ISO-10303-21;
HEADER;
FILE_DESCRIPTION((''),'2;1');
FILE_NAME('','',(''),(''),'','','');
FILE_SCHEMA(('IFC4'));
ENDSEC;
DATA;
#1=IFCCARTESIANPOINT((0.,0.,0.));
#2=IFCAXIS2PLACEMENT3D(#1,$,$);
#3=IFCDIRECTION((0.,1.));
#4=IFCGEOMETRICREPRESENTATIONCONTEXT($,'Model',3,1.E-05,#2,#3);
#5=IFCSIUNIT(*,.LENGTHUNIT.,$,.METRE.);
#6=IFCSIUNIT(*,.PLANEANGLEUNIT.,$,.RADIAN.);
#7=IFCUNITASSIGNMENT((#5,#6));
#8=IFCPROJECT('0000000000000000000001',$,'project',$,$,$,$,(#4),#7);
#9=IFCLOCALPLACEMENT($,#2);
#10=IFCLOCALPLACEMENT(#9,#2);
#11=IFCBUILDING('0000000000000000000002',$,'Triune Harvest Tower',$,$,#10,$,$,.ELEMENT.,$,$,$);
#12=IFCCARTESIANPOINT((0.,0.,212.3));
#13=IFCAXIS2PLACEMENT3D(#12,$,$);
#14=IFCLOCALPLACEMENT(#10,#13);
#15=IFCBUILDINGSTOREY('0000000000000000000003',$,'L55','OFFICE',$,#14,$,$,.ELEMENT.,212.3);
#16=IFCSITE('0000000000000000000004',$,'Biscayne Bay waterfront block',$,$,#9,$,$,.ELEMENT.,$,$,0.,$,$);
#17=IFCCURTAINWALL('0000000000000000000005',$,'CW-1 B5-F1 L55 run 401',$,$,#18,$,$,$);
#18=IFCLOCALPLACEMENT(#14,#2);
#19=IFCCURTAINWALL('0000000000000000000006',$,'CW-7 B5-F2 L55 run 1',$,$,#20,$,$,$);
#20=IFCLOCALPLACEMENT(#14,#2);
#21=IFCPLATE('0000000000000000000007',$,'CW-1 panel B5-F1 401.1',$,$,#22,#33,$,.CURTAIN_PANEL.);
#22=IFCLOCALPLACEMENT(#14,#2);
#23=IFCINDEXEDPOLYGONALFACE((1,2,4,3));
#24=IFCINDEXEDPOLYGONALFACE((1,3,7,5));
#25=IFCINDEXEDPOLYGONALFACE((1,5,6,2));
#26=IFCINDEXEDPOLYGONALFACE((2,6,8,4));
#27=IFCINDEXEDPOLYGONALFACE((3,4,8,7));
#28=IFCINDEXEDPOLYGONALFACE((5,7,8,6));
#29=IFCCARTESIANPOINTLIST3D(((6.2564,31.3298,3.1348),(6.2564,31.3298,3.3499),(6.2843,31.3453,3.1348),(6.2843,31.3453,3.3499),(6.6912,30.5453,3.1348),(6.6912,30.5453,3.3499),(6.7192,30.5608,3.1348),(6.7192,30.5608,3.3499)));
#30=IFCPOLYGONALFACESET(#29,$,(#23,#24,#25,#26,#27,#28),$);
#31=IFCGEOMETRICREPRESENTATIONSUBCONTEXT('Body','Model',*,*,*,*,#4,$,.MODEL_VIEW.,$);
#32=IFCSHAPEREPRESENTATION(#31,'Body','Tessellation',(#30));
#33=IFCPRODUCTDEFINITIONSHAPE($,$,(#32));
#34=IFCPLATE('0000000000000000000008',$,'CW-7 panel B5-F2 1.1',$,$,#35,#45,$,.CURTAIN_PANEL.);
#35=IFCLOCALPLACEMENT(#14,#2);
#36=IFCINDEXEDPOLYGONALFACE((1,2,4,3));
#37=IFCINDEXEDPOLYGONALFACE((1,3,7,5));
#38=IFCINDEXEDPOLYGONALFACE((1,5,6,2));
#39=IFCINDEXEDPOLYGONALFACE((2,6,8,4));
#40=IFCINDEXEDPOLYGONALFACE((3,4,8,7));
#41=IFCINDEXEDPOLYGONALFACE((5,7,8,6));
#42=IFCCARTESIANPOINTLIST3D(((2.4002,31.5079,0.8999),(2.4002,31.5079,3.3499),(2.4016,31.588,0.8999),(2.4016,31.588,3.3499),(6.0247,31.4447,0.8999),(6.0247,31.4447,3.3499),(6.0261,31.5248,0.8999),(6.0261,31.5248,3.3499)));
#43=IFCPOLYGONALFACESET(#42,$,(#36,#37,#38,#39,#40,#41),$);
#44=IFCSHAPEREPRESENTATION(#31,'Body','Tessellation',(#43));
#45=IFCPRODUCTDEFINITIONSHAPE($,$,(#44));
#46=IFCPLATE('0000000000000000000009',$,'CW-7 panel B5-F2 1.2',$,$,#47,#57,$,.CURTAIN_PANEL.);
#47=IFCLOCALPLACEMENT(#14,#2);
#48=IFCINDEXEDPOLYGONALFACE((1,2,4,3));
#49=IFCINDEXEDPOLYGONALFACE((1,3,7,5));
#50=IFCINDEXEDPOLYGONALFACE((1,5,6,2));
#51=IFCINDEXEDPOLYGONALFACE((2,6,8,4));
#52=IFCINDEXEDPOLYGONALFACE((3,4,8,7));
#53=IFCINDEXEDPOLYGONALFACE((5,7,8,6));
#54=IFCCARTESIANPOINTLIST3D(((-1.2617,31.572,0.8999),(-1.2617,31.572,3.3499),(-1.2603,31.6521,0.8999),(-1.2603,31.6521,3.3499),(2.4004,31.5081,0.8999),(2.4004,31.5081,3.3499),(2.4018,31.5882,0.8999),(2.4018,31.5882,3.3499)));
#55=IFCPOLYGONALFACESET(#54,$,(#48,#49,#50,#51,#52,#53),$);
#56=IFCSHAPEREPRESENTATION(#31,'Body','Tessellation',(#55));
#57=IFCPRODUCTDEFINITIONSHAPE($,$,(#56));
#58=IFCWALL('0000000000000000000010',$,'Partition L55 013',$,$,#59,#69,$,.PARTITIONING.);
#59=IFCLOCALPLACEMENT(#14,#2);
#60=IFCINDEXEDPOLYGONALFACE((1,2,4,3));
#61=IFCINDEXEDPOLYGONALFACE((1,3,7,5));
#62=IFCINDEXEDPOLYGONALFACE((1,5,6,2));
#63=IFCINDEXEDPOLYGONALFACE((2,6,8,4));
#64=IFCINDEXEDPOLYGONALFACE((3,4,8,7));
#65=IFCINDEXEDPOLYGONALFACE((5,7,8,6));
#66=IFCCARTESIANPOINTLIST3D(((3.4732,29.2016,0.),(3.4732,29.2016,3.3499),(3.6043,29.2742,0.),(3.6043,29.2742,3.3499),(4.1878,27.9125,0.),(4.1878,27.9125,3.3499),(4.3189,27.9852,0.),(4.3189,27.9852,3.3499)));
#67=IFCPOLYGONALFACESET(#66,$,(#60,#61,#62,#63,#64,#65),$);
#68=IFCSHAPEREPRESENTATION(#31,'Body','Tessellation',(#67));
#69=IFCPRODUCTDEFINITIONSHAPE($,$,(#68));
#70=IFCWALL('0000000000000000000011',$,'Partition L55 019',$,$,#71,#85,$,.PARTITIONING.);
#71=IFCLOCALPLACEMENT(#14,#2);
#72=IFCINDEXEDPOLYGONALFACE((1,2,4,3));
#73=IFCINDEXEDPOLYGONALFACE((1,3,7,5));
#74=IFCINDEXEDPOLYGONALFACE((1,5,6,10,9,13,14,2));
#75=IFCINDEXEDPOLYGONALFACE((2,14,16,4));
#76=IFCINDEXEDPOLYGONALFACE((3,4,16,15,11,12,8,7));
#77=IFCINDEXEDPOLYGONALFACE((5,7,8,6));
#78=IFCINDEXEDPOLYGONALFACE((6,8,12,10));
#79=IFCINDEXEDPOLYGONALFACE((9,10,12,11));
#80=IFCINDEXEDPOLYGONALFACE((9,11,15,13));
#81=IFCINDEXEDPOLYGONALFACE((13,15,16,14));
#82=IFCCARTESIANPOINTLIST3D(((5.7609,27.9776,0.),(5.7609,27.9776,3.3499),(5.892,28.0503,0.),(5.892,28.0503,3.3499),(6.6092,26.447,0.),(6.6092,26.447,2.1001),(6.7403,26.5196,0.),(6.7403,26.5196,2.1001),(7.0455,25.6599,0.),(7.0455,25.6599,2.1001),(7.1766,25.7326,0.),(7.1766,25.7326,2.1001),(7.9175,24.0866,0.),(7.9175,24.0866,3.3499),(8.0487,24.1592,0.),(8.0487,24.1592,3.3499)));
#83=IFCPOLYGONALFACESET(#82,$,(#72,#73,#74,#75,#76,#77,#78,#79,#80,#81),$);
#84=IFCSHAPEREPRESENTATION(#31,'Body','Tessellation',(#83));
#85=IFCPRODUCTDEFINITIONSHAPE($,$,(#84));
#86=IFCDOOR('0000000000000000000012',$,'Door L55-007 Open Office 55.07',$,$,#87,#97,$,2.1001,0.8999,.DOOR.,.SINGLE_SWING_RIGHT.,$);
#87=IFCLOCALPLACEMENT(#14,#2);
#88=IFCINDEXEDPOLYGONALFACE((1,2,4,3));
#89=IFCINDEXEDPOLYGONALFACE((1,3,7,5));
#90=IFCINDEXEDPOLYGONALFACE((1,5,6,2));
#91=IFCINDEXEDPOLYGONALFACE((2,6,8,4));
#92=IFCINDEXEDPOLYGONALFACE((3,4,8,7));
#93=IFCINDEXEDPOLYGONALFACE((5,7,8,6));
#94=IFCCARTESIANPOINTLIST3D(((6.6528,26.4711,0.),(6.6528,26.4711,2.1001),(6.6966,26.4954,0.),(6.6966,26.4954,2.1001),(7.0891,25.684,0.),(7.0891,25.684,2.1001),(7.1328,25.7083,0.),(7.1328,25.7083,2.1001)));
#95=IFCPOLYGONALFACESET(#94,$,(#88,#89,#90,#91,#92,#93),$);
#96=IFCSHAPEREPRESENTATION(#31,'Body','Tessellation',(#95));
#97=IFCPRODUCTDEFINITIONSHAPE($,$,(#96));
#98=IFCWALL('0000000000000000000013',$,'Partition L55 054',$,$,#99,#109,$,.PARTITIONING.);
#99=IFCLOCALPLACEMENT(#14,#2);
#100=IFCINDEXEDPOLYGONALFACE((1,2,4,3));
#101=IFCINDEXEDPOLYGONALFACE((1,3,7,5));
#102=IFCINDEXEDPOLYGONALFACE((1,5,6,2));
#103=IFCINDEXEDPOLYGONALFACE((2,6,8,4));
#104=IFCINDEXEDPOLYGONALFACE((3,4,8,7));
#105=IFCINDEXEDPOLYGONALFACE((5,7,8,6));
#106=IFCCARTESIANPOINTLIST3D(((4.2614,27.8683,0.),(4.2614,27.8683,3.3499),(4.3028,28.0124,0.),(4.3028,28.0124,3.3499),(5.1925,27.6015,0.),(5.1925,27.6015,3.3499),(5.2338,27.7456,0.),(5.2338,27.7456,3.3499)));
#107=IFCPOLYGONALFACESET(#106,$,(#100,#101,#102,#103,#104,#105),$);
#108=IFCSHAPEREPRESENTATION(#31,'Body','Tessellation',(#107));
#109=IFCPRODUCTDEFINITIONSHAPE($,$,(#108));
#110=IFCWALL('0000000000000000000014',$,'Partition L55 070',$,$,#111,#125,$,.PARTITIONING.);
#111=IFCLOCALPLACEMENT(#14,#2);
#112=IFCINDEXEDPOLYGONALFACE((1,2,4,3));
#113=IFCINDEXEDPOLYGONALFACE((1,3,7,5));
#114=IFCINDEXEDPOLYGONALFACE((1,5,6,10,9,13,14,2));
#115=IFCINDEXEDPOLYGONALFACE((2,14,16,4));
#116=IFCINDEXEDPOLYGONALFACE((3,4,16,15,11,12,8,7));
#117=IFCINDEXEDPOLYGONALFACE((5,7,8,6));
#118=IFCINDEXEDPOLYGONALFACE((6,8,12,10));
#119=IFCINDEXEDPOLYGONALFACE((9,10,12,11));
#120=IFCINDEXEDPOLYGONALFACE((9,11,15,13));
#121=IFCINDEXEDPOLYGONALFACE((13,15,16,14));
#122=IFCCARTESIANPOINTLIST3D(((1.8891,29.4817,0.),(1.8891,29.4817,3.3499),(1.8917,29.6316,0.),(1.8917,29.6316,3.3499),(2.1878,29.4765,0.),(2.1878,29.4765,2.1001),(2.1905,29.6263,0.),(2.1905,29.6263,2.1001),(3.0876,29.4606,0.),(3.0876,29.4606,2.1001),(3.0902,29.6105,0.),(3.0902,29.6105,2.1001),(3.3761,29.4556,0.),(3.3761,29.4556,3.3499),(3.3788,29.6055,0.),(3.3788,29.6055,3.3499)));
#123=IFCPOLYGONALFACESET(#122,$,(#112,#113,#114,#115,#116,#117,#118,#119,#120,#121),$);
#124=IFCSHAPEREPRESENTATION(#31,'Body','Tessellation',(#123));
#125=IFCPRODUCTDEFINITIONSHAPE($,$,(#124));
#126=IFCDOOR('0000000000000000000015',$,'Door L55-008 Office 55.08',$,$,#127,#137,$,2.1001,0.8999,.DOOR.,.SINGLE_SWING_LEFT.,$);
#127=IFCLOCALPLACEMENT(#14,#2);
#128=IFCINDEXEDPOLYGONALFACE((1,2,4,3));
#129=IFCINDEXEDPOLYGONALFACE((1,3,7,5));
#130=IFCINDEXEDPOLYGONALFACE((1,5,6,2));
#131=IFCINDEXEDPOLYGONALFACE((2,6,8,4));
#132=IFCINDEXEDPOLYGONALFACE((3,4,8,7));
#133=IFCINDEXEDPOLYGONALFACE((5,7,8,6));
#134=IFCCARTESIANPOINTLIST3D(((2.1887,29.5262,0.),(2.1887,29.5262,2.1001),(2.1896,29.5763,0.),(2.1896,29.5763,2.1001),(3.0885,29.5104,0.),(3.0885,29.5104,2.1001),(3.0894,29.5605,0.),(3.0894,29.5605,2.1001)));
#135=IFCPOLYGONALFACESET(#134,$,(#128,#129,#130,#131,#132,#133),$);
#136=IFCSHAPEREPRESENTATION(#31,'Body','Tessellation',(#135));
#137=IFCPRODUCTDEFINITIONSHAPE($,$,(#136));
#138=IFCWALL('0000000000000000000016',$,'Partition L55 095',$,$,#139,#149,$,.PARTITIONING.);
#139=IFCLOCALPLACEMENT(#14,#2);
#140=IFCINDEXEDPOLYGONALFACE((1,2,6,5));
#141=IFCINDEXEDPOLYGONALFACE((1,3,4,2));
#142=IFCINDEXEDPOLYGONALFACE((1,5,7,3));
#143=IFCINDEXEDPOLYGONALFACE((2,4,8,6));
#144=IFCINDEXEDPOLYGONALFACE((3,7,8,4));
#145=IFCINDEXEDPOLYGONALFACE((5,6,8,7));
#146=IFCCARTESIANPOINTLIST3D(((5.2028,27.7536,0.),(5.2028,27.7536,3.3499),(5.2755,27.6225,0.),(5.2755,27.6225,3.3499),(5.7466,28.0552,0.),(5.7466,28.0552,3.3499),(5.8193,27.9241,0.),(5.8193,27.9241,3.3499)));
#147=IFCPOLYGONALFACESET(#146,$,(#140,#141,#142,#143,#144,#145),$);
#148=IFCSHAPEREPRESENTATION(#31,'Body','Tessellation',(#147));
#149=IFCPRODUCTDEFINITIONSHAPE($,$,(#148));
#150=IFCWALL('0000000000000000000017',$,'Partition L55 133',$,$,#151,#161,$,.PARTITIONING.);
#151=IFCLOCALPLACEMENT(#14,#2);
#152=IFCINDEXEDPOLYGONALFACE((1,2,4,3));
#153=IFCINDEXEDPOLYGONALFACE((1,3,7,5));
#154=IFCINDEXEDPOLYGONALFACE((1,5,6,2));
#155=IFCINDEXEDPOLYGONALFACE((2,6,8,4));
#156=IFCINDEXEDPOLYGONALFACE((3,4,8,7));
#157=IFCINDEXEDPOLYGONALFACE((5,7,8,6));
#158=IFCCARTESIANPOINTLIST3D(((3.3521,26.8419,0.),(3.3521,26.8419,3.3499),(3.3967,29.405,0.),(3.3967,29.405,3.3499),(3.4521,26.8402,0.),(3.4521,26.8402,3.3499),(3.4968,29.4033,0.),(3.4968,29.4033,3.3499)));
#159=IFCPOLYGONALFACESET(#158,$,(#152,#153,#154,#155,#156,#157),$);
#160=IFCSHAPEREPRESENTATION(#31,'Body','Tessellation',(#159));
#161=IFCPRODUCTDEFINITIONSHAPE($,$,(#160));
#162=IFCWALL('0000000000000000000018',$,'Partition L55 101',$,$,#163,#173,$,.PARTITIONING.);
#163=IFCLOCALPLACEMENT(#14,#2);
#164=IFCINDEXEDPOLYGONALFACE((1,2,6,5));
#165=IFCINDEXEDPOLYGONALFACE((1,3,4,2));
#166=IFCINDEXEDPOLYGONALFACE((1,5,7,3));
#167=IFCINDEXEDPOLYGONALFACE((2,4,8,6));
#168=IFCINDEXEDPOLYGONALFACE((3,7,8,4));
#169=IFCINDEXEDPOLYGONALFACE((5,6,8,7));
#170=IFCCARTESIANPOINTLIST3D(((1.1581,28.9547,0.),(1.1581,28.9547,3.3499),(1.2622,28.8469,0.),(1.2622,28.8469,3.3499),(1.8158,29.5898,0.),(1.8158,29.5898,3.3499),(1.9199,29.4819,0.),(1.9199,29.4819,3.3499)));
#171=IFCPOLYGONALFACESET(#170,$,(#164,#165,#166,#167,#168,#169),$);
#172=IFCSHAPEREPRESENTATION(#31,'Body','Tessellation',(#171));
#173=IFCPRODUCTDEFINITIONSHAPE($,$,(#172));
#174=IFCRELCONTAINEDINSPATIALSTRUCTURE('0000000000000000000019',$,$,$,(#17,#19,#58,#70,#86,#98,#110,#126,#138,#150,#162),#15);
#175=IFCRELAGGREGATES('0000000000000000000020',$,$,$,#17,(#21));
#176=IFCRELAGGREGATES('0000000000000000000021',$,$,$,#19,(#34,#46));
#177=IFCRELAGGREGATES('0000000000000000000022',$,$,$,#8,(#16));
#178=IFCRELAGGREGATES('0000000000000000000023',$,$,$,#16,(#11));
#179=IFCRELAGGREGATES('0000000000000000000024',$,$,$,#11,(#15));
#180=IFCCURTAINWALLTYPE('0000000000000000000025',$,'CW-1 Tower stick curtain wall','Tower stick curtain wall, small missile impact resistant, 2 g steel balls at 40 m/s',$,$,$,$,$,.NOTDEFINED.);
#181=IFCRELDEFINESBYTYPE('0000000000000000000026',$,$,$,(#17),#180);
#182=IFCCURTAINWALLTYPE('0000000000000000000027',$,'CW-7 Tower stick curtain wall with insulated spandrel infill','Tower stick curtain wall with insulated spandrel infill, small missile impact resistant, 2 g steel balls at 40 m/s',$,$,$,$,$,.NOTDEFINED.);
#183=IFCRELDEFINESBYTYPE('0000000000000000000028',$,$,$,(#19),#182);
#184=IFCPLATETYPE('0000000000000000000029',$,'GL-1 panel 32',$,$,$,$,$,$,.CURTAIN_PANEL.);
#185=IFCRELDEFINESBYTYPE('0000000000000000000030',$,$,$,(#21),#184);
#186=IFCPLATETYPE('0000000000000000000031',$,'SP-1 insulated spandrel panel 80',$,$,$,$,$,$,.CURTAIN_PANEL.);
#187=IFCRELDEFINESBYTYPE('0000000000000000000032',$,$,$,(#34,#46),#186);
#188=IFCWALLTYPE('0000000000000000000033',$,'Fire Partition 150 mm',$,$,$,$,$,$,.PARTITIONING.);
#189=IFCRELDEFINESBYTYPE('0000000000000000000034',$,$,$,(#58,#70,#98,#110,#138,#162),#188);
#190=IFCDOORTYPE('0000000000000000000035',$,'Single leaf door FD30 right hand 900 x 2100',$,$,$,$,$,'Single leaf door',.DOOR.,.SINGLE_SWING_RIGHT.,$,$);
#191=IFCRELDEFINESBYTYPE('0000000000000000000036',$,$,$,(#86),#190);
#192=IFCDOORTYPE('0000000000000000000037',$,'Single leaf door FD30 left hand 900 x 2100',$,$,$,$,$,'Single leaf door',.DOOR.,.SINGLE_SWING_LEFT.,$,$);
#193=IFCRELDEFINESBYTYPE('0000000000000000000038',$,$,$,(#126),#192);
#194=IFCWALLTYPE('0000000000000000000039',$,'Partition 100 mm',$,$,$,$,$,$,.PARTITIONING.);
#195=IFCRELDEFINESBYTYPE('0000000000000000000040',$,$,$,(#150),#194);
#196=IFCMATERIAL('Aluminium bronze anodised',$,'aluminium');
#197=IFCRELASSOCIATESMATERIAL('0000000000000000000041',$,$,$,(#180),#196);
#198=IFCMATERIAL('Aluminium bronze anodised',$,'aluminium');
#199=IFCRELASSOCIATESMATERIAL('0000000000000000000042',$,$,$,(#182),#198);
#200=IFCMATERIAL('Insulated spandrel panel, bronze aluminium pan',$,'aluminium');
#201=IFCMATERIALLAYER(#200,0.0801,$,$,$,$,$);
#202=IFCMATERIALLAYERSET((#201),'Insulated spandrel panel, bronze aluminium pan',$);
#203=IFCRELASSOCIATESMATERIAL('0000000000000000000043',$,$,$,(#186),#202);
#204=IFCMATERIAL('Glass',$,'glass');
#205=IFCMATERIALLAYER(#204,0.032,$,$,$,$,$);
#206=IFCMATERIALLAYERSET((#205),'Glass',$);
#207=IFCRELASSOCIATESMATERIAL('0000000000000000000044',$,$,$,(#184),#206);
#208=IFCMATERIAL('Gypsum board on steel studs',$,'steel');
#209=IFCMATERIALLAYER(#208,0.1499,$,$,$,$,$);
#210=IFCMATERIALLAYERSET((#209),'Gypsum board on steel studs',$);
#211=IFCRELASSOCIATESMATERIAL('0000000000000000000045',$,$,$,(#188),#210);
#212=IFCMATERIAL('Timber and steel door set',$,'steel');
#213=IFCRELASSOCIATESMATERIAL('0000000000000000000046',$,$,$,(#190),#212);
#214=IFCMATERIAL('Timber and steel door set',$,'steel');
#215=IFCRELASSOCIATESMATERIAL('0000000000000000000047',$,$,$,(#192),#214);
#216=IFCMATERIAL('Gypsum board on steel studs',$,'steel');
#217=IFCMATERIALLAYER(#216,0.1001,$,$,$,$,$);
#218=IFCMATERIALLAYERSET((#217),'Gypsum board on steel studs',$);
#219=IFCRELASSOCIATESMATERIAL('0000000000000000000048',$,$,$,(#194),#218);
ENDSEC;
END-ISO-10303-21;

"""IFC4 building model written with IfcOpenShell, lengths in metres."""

from ifc_helpers import new_model, si_unit, direction, frame, frame_2d, origin, origin_2d, place, context, subcontext, project, spatial, rectangle, extrude, source, transform, mapped, material, layer, layer_set, type_object, element, fill, aggregate, save


model = new_model("IFC4")

# Units and contexts
model_context = context("Model", 3, precision=1e-05, world=origin(), true_north=direction((0.0, 1.0)))
body_context = subcontext(model_context, "Body", "Model", "MODEL_VIEW")
ifc_project = project(units=[si_unit("LENGTHUNIT", "METRE"), si_unit("PLANEANGLEUNIT", "RADIAN")], contexts=[model_context])

# Site, building, storey
site_placement = place(None, origin())
site = spatial("IfcSite", under=ifc_project, at=site_placement, Name="Biscayne Bay waterfront block", CompositionType="ELEMENT", RefElevation=0.0)
building_placement = place(site_placement, origin())
building = spatial("IfcBuilding", under=site, at=building_placement, Name="Triune Harvest Tower", CompositionType="ELEMENT")
storey_placement = place(building_placement, frame((0.0, 0.0, 212.3)))
storey = spatial("IfcBuildingStorey", under=building, at=storey_placement, Name="L55", Description="OFFICE", CompositionType="ELEMENT", Elevation=212.3)

# Curtain wall
ifc_material_1 = material(Name="Aluminium bronze anodised", Category="aluminium")
curtain_wall_type_1 = type_object("IfcCurtainWallType", Name="CW-1 Tower stick curtain wall", Description="Tower stick curtain wall, small missile impact resistant, 2 g steel balls at 40 m/s", PredefinedType="NOTDEFINED", material=ifc_material_1)
curtain_wall_1_placement = place(storey_placement, origin())
curtain_wall_1 = element("IfcCurtainWall", 1, at=curtain_wall_1_placement, inside=storey, type_object=curtain_wall_type_1, Name="CW-1 B5-F1 L55 run 401")

# Shared definitions
ifc_material_2 = material(Name="Aluminium bronze anodised", Category="aluminium")
curtain_wall_type_2 = type_object("IfcCurtainWallType", Name="CW-7 Tower stick curtain wall with insulated spandrel infill", Description="Tower stick curtain wall with insulated spandrel infill, small missile impact resistant, 2 g steel balls at 40 m/s", PredefinedType="NOTDEFINED", material=ifc_material_2)

# Curtain wall
curtain_wall_2_placement = place(storey_placement, origin())
curtain_wall_2 = element("IfcCurtainWall", 2, at=curtain_wall_2_placement, inside=storey, type_object=curtain_wall_type_2, Name="CW-7 B5-F2 L55 run 1")

# Plates
ifc_material_3 = material(Name="Insulated spandrel panel, bronze aluminium pan", Category="aluminium")
ifc_layer_1 = layer(ifc_material_3, 0.0801)
ifc_layer_set_1 = layer_set([ifc_layer_1], Name="Insulated spandrel panel, bronze aluminium pan")
plate_type_1 = type_object("IfcPlateType", Name="SP-1 insulated spandrel panel 80", PredefinedType="CURTAIN_PANEL", material=ifc_layer_set_1)
ifc_material_4 = material(Name="Glass", Category="glass")
ifc_layer_2 = layer(ifc_material_4, 0.032)
ifc_layer_set_2 = layer_set([ifc_layer_2], Name="Glass")
plate_type_2 = type_object("IfcPlateType", Name="GL-1 panel 32", PredefinedType="CURTAIN_PANEL", material=ifc_layer_set_2)
shared_shape_1 = source(origin(), body_context, "Body", "SweptSolid", [
    extrude(rectangle(XDim=0.897, YDim=0.032, at=origin_2d()), origin(), (0.0, 0.0, 1.0), 0.2151),
])
plate_1_placement = place(storey_placement, frame((6.4878, 30.9453, 3.1348), z_axis=(0.0, 0.0, 1.0), x_axis=(-0.484824, 0.874612, 0.0)))
plate_1 = element("IfcPlate", 3, at=plate_1_placement, type_object=plate_type_2, Name="CW-1 panel B5-F1 401.1", PredefinedType="CURTAIN_PANEL", context=body_context, shape_type="MappedRepresentation", body=[
    mapped(shared_shape_1, transform((0.0, 0.0, 0.0), scale=1.0)),
])
aggregate(curtain_wall_1, [plate_1])
shared_shape_2 = source(origin(), body_context, "Body", "SweptSolid", [
    extrude(rectangle(XDim=3.625, YDim=0.0801, at=origin_2d()), origin(), (0.0, 0.0, 1.0), 2.45),
])
plate_2_placement = place(storey_placement, frame((4.2131, 31.5164, 0.8999), z_axis=(0.0, 0.0, 1.0), x_axis=(-0.999848, 0.017446, 0.0)))
plate_2 = element("IfcPlate", 4, at=plate_2_placement, type_object=plate_type_1, Name="CW-7 panel B5-F2 1.1", PredefinedType="CURTAIN_PANEL", context=body_context, shape_type="MappedRepresentation", body=[
    mapped(shared_shape_2, transform((0.0, 0.0, 0.0), scale=1.0)),
])
shared_shape_3 = source(origin(), body_context, "Body", "SweptSolid", [
    extrude(rectangle(XDim=3.6626, YDim=0.0801, at=origin_2d()), origin(), (0.0, 0.0, 1.0), 2.45),
])
plate_3_placement = place(storey_placement, frame((0.5701, 31.5801, 0.8999), z_axis=(0.0, 0.0, 1.0), x_axis=(-0.999848, 0.017446, 0.0)))
plate_3 = element("IfcPlate", 5, at=plate_3_placement, type_object=plate_type_1, Name="CW-7 panel B5-F2 1.2", PredefinedType="CURTAIN_PANEL", context=body_context, shape_type="MappedRepresentation", body=[
    mapped(shared_shape_3, transform((0.0, 0.0, 0.0), scale=1.0)),
])
aggregate(curtain_wall_2, [plate_2, plate_3])

# Wall
ifc_material_5 = material(Name="Gypsum board on steel studs", Category="steel")
ifc_layer_3 = layer(ifc_material_5, 0.1499)
ifc_layer_set_3 = layer_set([ifc_layer_3], Name="Gypsum board on steel studs")
wall_type_1 = type_object("IfcWallType", Name="Fire Partition 150 mm", PredefinedType="PARTITIONING", material=ifc_layer_set_3)
wall_1_placement = place(storey_placement, frame((3.5388, 29.2378, 0.0), z_axis=(0.0, 0.0, 1.0), x_axis=(0.484841, -0.874602, 0.0)))
element("IfcWall", 6, at=wall_1_placement, inside=storey, type_object=wall_type_1, Name="Partition L55 013", PredefinedType="PARTITIONING", context=body_context, shape_type="SweptSolid", body=[
    extrude(rectangle(XDim=1.4739, YDim=0.1499, at=frame_2d((0.7368, 0.0))), origin(), (0.0, 0.0, 1.0), 3.3499),
])

# Wall, opening, door
wall_2_placement = place(storey_placement, frame((5.8264, 28.0139, 0.0), z_axis=(0.0, 0.0, 1.0), x_axis=(0.484785, -0.874633, 0.0)))
wall_2 = element("IfcWall", 7, at=wall_2_placement, inside=storey, type_object=wall_type_1, Name="Partition L55 019", PredefinedType="PARTITIONING", context=body_context, shape_type="SweptSolid", body=[
    extrude(rectangle(XDim=4.4487, YDim=0.1499, at=frame_2d((2.2244, 0.0))), origin(), (0.0, 0.0, 1.0), 3.3499),
])
opening_1_placement = place(wall_2_placement, frame((1.75, 0.0, 0.0)))
opening_1 = element("IfcOpeningElement", 8, at=opening_1_placement, cuts=wall_2, PredefinedType="OPENING", context=body_context, shape_type="SweptSolid", body=[
    extrude(rectangle(XDim=0.8999, YDim=2.1001, at=frame_2d((0.45, 1.05))), frame((0.0, 0.085, 0.0), z_axis=(0.0, -1.0, 0.0), x_axis=(1.0, 0.0, 0.0)), (0.0, 0.0, 1.0), 0.1699),
])
ifc_material_6 = material(Name="Timber and steel door set", Category="steel")
door_type_1 = type_object("IfcDoorType", Name="Single leaf door FD30 right hand 900 x 2100", ElementType="Single leaf door", OperationType="SINGLE_SWING_RIGHT", PredefinedType="DOOR", material=ifc_material_6)
door_1_placement = place(opening_1_placement, origin())
door_1 = element("IfcDoor", 9, at=door_1_placement, inside=storey, type_object=door_type_1, Name="Door L55-007 Open Office 55.07", OperationType="SINGLE_SWING_RIGHT", OverallHeight=2.1001, OverallWidth=0.8999, PredefinedType="DOOR", context=body_context, shape_type="SweptSolid", body=[
    extrude(rectangle(XDim=0.8999, YDim=2.1001, at=frame_2d((0.45, 1.05))), frame((0.0, 0.0249, 0.0), z_axis=(0.0, -1.0, 0.0), x_axis=(1.0, 0.0, 0.0)), (0.0, 0.0, 1.0), 0.05),
])
fill(opening_1, door_1)

# Wall
wall_3_placement = place(storey_placement, frame((4.282, 27.9404, 0.0), z_axis=(0.0, 0.0, 1.0), x_axis=(0.961286, -0.275553, 0.0)))
element("IfcWall", 10, at=wall_3_placement, inside=storey, type_object=wall_type_1, Name="Partition L55 054", PredefinedType="PARTITIONING", context=body_context, shape_type="SweptSolid", body=[
    extrude(rectangle(XDim=0.9685, YDim=0.1499, at=frame_2d((0.4844, 0.0))), origin(), (0.0, 0.0, 1.0), 3.3499),
])

# Wall, opening, door
wall_4_placement = place(storey_placement, frame((1.8904, 29.5566, 0.0), z_axis=(0.0, 0.0, 1.0), x_axis=(0.999846, -0.017564, 0.0)))
wall_4 = element("IfcWall", 11, at=wall_4_placement, inside=storey, type_object=wall_type_1, Name="Partition L55 070", PredefinedType="PARTITIONING", context=body_context, shape_type="SweptSolid", body=[
    extrude(rectangle(XDim=1.4873, YDim=0.1499, at=frame_2d((0.7437, 0.0))), origin(), (0.0, 0.0, 1.0), 3.3499),
])
opening_2_placement = place(wall_4_placement, frame((0.2988, 0.0, 0.0)))
opening_2 = element("IfcOpeningElement", 12, at=opening_2_placement, cuts=wall_4, PredefinedType="OPENING", context=body_context, shape_type="SweptSolid", body=[
    extrude(rectangle(XDim=0.8999, YDim=2.1001, at=frame_2d((0.45, 1.05))), frame((0.0, 0.085, 0.0), z_axis=(0.0, -1.0, 0.0), x_axis=(1.0, 0.0, 0.0)), (0.0, 0.0, 1.0), 0.1699),
])
ifc_material_7 = material(Name="Timber and steel door set", Category="steel")
door_type_2 = type_object("IfcDoorType", Name="Single leaf door FD30 left hand 900 x 2100", ElementType="Single leaf door", OperationType="SINGLE_SWING_LEFT", PredefinedType="DOOR", material=ifc_material_7)
door_2_placement = place(opening_2_placement, origin())
door_2 = element("IfcDoor", 13, at=door_2_placement, inside=storey, type_object=door_type_2, Name="Door L55-008 Office 55.08", OperationType="SINGLE_SWING_LEFT", OverallHeight=2.1001, OverallWidth=0.8999, PredefinedType="DOOR", context=body_context, shape_type="SweptSolid", body=[
    extrude(rectangle(XDim=0.8999, YDim=2.1001, at=frame_2d((0.45, 1.05))), frame((0.0, 0.0249, 0.0), z_axis=(0.0, -1.0, 0.0), x_axis=(1.0, 0.0, 0.0)), (0.0, 0.0, 1.0), 0.05),
])
fill(opening_2, door_2)

# Walls
wall_5_placement = place(storey_placement, frame((5.239, 27.688, 0.0), z_axis=(0.0, 0.0, 1.0), x_axis=(0.874527, 0.484976, 0.0)))
element("IfcWall", 14, at=wall_5_placement, inside=storey, type_object=wall_type_1, Name="Partition L55 095", PredefinedType="PARTITIONING", context=body_context, shape_type="SweptSolid", body=[
    extrude(rectangle(XDim=0.6218, YDim=0.1499, at=frame_2d((0.311, 0.0))), origin(), (0.0, 0.0, 1.0), 3.3499),
])
ifc_material_8 = material(Name="Gypsum board on steel studs", Category="steel")
ifc_layer_4 = layer(ifc_material_8, 0.1001)
ifc_layer_set_4 = layer_set([ifc_layer_4], Name="Gypsum board on steel studs")
wall_type_2 = type_object("IfcWallType", Name="Partition 100 mm", PredefinedType="PARTITIONING", material=ifc_layer_set_4)
wall_6_placement = place(storey_placement, frame((3.4021, 26.8411, 0.0), z_axis=(0.0, 0.0, 1.0), x_axis=(0.017429, 0.999848, 0.0)))
element("IfcWall", 15, at=wall_6_placement, inside=storey, type_object=wall_type_2, Name="Partition L55 133", PredefinedType="PARTITIONING", context=body_context, shape_type="SweptSolid", body=[
    extrude(rectangle(XDim=2.5635, YDim=0.1001, at=frame_2d((1.2817, 0.0))), origin(), (0.0, 0.0, 1.0), 3.3499),
])
shared_shape_4 = source(origin(), body_context, "Body", "SweptSolid", [
    extrude(rectangle(XDim=0.9143, YDim=0.1499, at=frame_2d((0.457, 0.0))), origin(), (0.0, 0.0, 1.0), 3.3499),
])
wall_7_placement = place(storey_placement, frame((1.2102, 28.9009, 0.0), z_axis=(0.0, 0.0, 1.0), x_axis=(0.719415, 0.69458, 0.0)))
element("IfcWall", 16, at=wall_7_placement, inside=storey, type_object=wall_type_1, Name="Partition L55 101", PredefinedType="PARTITIONING", context=body_context, shape_type="MappedRepresentation", body=[
    mapped(shared_shape_4, transform((0.0, 0.0, 0.0), scale=1.0)),
])

save(model, "model.ifc")
